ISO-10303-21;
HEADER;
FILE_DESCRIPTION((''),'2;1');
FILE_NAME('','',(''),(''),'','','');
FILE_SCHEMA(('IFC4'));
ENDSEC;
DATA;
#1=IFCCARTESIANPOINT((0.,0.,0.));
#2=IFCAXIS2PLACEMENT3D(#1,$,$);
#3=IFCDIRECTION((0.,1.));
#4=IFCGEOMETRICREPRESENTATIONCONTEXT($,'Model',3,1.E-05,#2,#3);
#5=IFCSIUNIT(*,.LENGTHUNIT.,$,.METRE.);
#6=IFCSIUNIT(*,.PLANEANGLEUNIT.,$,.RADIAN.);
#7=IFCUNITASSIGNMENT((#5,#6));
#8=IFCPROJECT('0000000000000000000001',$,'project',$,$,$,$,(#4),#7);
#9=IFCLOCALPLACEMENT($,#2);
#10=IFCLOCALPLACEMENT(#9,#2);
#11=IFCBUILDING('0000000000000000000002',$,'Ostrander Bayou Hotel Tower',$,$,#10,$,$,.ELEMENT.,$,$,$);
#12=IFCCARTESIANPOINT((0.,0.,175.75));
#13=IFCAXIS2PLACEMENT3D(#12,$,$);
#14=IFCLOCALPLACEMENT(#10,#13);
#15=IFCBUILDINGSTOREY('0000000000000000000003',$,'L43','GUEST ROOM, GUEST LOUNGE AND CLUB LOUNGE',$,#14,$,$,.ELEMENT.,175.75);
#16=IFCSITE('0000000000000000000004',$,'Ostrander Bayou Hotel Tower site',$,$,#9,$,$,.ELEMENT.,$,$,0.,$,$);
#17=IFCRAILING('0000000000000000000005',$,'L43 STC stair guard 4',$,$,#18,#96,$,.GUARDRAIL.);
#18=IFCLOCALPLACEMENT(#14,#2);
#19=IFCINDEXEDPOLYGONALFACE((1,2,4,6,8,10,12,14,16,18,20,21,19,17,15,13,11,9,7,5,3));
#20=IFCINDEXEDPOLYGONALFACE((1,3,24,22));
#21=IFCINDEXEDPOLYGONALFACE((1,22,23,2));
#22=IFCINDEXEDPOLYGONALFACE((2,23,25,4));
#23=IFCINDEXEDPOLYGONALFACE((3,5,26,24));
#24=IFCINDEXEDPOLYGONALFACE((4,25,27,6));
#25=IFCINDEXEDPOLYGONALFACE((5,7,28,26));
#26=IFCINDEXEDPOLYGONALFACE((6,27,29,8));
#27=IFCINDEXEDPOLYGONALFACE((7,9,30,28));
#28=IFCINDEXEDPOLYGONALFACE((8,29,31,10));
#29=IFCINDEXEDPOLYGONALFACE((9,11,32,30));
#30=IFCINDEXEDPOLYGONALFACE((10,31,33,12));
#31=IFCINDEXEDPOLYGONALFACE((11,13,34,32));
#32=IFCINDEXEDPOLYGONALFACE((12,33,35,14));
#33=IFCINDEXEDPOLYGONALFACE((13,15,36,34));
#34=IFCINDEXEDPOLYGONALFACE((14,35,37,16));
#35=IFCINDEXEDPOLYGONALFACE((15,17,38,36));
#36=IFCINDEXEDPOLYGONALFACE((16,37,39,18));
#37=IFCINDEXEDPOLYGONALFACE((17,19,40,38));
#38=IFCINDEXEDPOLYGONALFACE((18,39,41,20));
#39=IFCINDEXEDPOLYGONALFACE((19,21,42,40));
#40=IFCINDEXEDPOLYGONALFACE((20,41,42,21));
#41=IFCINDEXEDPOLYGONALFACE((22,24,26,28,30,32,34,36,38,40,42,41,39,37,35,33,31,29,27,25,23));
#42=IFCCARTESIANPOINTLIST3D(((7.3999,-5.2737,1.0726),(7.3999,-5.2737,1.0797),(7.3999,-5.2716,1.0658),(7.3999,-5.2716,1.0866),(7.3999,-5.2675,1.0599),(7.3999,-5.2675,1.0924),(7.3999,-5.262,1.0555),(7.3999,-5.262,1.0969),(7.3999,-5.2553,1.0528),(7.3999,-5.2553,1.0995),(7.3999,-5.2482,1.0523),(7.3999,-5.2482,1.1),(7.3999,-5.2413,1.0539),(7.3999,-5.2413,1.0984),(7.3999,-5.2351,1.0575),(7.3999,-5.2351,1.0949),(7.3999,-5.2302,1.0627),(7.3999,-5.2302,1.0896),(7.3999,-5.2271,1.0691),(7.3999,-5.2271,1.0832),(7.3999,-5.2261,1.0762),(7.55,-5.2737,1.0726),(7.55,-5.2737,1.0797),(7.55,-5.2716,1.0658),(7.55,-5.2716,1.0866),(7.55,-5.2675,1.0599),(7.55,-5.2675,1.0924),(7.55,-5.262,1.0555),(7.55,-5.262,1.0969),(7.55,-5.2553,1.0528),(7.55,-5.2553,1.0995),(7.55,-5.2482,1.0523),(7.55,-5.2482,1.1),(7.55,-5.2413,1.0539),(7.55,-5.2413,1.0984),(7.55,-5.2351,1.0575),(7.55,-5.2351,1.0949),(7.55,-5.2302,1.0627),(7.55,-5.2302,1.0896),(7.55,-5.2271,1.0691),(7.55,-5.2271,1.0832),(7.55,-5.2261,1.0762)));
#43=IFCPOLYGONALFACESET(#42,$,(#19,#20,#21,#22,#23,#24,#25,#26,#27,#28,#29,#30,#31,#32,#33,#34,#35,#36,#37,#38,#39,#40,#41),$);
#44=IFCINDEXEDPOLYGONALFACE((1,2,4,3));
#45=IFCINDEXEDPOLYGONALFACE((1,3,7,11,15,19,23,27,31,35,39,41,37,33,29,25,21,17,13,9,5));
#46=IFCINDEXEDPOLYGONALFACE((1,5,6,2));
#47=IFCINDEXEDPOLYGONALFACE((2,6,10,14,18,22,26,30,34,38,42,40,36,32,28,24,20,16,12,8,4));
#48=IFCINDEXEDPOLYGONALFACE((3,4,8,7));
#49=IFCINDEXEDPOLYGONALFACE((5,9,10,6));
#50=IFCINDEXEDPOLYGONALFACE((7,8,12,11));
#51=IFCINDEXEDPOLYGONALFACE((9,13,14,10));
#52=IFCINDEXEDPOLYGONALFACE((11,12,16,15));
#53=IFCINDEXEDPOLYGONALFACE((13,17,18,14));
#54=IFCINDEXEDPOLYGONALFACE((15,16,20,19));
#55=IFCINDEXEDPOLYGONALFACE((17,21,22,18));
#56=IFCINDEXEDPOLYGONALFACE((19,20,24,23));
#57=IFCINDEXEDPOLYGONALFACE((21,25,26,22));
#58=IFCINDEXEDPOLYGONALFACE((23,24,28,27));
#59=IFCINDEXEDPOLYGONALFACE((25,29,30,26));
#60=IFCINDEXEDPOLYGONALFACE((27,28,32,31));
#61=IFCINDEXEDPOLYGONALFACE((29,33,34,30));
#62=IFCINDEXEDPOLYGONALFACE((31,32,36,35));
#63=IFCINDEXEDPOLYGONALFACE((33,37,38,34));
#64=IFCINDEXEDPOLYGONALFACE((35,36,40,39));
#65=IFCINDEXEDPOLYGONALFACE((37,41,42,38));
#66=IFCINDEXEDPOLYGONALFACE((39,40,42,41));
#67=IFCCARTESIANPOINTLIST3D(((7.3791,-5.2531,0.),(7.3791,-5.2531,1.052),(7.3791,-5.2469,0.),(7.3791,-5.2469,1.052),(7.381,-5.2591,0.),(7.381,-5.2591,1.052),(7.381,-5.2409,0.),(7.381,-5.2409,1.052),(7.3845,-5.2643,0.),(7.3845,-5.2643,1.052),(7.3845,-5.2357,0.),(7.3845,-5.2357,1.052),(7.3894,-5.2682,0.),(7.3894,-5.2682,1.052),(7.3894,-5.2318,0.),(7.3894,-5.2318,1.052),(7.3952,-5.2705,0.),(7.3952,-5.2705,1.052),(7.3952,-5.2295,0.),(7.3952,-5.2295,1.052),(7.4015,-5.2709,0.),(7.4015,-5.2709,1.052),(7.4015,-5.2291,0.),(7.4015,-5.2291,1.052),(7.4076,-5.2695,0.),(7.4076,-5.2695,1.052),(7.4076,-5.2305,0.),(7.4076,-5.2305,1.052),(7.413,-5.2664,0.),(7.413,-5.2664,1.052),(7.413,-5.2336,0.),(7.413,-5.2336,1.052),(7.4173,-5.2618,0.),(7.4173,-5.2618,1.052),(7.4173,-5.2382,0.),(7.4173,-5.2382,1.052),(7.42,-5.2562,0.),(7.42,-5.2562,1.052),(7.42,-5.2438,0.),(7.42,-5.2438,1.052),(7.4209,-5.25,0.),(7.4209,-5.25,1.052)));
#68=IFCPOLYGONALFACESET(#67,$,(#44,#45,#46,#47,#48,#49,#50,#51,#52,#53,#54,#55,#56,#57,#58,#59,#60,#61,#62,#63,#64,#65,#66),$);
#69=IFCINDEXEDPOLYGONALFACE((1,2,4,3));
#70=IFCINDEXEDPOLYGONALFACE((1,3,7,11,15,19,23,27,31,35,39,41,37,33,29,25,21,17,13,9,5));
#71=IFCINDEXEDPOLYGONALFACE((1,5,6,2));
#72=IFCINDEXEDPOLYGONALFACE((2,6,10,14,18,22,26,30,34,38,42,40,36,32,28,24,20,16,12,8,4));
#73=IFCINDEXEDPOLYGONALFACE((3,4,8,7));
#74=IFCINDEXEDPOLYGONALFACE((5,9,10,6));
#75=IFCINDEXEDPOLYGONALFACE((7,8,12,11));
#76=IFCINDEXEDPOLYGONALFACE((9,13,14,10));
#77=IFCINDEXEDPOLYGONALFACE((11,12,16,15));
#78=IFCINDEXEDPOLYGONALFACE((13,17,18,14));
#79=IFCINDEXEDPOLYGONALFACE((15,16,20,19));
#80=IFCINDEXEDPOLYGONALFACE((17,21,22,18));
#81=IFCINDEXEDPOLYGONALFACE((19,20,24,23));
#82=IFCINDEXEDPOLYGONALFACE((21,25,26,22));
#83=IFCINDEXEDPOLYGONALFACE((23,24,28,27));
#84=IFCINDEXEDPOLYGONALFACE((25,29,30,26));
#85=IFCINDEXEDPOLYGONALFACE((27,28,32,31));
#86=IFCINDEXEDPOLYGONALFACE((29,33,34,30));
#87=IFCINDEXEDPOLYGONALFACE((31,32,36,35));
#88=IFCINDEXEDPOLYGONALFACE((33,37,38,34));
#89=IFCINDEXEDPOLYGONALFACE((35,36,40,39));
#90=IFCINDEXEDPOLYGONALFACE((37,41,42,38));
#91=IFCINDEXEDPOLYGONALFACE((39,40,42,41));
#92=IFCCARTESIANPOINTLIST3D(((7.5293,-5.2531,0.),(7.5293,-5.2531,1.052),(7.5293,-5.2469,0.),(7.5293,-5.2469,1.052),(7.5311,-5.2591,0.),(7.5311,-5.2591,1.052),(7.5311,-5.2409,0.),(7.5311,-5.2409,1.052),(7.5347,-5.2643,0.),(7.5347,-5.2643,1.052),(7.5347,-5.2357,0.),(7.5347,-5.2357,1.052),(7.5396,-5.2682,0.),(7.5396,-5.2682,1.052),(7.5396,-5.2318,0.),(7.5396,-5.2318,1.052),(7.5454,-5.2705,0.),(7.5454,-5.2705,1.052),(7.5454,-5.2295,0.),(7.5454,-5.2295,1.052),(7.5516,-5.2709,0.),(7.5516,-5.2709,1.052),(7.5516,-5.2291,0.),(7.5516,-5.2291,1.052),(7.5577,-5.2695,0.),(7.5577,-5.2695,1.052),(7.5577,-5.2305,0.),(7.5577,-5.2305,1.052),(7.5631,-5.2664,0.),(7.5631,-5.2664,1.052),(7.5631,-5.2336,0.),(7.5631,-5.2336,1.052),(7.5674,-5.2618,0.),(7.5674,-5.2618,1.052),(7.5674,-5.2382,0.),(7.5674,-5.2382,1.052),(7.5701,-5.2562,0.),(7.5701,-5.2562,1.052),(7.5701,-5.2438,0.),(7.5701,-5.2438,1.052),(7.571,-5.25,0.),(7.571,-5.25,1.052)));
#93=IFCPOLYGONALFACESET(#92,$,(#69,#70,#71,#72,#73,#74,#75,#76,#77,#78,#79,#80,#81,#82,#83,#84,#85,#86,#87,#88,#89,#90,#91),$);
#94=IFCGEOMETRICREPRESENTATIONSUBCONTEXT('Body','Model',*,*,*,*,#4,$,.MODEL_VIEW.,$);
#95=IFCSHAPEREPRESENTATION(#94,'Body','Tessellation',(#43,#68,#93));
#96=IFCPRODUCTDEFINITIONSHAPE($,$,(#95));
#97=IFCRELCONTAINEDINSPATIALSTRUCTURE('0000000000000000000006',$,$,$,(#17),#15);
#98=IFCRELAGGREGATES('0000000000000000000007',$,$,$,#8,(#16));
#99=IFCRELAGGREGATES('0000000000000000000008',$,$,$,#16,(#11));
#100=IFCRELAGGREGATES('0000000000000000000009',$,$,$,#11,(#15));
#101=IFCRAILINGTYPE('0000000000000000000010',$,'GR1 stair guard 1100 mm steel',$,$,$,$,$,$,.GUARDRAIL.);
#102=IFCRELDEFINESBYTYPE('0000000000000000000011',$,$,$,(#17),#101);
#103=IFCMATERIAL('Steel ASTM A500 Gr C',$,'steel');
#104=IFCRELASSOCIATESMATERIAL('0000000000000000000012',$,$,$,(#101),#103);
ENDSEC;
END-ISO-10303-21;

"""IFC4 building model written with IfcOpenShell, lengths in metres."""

from ifc_helpers import new_model, si_unit, direction, frame, origin, origin_2d, place, context, subcontext, project, spatial, circle, extrude, material, type_object, element, save


model = new_model("IFC4")

# Units and contexts
model_context = context("Model", 3, precision=1e-05, world=origin(), true_north=direction((0.0, 1.0)))
body_context = subcontext(model_context, "Body", "Model", "MODEL_VIEW")
ifc_project = project(units=[si_unit("LENGTHUNIT", "METRE"), si_unit("PLANEANGLEUNIT", "RADIAN")], contexts=[model_context])

# Site, building, storey
site_placement = place(None, origin())
site = spatial("IfcSite", under=ifc_project, at=site_placement, Name="Ostrander Bayou Hotel Tower site", CompositionType="ELEMENT", RefElevation=0.0)
building_placement = place(site_placement, origin())
building = spatial("IfcBuilding", under=site, at=building_placement, Name="Ostrander Bayou Hotel Tower", CompositionType="ELEMENT")
storey_placement = place(building_placement, frame((0.0, 0.0, 175.75)))
storey = spatial("IfcBuildingStorey", under=building, at=storey_placement, Name="L43", Description="GUEST ROOM, GUEST LOUNGE AND CLUB LOUNGE", CompositionType="ELEMENT", Elevation=175.75)

# Railing
ifc_material_1 = material(Name="Steel ASTM A500 Gr C", Category="steel")
railing_type_1 = type_object("IfcRailingType", Name="GR1 stair guard 1100 mm steel", PredefinedType="GUARDRAIL", material=ifc_material_1)
railing_1_placement = place(storey_placement, frame((7.3999, -5.25, 0.0)))
element("IfcRailing", 1, at=railing_1_placement, inside=storey, type_object=railing_type_1, Name="L43 STC stair guard 4", PredefinedType="GUARDRAIL", context=body_context, shape_type="SweptSolid", body=[
    extrude(circle(Radius=0.0239, at=origin_2d()), frame((0.0, 0.0, 1.0762), z_axis=(1.0, 0.0, 0.0), x_axis=(0.0, 1.0, 0.0)), (0.0, 0.0, 1.0), 0.1501),
    extrude(circle(Radius=0.021, at=origin_2d()), origin(), (0.0, 0.0, 1.0), 1.052),
    extrude(circle(Radius=0.021, at=origin_2d()), frame((0.1501, 0.0, 0.0)), (0.0, 0.0, 1.0), 1.052),
])

save(model, "model.ifc")
